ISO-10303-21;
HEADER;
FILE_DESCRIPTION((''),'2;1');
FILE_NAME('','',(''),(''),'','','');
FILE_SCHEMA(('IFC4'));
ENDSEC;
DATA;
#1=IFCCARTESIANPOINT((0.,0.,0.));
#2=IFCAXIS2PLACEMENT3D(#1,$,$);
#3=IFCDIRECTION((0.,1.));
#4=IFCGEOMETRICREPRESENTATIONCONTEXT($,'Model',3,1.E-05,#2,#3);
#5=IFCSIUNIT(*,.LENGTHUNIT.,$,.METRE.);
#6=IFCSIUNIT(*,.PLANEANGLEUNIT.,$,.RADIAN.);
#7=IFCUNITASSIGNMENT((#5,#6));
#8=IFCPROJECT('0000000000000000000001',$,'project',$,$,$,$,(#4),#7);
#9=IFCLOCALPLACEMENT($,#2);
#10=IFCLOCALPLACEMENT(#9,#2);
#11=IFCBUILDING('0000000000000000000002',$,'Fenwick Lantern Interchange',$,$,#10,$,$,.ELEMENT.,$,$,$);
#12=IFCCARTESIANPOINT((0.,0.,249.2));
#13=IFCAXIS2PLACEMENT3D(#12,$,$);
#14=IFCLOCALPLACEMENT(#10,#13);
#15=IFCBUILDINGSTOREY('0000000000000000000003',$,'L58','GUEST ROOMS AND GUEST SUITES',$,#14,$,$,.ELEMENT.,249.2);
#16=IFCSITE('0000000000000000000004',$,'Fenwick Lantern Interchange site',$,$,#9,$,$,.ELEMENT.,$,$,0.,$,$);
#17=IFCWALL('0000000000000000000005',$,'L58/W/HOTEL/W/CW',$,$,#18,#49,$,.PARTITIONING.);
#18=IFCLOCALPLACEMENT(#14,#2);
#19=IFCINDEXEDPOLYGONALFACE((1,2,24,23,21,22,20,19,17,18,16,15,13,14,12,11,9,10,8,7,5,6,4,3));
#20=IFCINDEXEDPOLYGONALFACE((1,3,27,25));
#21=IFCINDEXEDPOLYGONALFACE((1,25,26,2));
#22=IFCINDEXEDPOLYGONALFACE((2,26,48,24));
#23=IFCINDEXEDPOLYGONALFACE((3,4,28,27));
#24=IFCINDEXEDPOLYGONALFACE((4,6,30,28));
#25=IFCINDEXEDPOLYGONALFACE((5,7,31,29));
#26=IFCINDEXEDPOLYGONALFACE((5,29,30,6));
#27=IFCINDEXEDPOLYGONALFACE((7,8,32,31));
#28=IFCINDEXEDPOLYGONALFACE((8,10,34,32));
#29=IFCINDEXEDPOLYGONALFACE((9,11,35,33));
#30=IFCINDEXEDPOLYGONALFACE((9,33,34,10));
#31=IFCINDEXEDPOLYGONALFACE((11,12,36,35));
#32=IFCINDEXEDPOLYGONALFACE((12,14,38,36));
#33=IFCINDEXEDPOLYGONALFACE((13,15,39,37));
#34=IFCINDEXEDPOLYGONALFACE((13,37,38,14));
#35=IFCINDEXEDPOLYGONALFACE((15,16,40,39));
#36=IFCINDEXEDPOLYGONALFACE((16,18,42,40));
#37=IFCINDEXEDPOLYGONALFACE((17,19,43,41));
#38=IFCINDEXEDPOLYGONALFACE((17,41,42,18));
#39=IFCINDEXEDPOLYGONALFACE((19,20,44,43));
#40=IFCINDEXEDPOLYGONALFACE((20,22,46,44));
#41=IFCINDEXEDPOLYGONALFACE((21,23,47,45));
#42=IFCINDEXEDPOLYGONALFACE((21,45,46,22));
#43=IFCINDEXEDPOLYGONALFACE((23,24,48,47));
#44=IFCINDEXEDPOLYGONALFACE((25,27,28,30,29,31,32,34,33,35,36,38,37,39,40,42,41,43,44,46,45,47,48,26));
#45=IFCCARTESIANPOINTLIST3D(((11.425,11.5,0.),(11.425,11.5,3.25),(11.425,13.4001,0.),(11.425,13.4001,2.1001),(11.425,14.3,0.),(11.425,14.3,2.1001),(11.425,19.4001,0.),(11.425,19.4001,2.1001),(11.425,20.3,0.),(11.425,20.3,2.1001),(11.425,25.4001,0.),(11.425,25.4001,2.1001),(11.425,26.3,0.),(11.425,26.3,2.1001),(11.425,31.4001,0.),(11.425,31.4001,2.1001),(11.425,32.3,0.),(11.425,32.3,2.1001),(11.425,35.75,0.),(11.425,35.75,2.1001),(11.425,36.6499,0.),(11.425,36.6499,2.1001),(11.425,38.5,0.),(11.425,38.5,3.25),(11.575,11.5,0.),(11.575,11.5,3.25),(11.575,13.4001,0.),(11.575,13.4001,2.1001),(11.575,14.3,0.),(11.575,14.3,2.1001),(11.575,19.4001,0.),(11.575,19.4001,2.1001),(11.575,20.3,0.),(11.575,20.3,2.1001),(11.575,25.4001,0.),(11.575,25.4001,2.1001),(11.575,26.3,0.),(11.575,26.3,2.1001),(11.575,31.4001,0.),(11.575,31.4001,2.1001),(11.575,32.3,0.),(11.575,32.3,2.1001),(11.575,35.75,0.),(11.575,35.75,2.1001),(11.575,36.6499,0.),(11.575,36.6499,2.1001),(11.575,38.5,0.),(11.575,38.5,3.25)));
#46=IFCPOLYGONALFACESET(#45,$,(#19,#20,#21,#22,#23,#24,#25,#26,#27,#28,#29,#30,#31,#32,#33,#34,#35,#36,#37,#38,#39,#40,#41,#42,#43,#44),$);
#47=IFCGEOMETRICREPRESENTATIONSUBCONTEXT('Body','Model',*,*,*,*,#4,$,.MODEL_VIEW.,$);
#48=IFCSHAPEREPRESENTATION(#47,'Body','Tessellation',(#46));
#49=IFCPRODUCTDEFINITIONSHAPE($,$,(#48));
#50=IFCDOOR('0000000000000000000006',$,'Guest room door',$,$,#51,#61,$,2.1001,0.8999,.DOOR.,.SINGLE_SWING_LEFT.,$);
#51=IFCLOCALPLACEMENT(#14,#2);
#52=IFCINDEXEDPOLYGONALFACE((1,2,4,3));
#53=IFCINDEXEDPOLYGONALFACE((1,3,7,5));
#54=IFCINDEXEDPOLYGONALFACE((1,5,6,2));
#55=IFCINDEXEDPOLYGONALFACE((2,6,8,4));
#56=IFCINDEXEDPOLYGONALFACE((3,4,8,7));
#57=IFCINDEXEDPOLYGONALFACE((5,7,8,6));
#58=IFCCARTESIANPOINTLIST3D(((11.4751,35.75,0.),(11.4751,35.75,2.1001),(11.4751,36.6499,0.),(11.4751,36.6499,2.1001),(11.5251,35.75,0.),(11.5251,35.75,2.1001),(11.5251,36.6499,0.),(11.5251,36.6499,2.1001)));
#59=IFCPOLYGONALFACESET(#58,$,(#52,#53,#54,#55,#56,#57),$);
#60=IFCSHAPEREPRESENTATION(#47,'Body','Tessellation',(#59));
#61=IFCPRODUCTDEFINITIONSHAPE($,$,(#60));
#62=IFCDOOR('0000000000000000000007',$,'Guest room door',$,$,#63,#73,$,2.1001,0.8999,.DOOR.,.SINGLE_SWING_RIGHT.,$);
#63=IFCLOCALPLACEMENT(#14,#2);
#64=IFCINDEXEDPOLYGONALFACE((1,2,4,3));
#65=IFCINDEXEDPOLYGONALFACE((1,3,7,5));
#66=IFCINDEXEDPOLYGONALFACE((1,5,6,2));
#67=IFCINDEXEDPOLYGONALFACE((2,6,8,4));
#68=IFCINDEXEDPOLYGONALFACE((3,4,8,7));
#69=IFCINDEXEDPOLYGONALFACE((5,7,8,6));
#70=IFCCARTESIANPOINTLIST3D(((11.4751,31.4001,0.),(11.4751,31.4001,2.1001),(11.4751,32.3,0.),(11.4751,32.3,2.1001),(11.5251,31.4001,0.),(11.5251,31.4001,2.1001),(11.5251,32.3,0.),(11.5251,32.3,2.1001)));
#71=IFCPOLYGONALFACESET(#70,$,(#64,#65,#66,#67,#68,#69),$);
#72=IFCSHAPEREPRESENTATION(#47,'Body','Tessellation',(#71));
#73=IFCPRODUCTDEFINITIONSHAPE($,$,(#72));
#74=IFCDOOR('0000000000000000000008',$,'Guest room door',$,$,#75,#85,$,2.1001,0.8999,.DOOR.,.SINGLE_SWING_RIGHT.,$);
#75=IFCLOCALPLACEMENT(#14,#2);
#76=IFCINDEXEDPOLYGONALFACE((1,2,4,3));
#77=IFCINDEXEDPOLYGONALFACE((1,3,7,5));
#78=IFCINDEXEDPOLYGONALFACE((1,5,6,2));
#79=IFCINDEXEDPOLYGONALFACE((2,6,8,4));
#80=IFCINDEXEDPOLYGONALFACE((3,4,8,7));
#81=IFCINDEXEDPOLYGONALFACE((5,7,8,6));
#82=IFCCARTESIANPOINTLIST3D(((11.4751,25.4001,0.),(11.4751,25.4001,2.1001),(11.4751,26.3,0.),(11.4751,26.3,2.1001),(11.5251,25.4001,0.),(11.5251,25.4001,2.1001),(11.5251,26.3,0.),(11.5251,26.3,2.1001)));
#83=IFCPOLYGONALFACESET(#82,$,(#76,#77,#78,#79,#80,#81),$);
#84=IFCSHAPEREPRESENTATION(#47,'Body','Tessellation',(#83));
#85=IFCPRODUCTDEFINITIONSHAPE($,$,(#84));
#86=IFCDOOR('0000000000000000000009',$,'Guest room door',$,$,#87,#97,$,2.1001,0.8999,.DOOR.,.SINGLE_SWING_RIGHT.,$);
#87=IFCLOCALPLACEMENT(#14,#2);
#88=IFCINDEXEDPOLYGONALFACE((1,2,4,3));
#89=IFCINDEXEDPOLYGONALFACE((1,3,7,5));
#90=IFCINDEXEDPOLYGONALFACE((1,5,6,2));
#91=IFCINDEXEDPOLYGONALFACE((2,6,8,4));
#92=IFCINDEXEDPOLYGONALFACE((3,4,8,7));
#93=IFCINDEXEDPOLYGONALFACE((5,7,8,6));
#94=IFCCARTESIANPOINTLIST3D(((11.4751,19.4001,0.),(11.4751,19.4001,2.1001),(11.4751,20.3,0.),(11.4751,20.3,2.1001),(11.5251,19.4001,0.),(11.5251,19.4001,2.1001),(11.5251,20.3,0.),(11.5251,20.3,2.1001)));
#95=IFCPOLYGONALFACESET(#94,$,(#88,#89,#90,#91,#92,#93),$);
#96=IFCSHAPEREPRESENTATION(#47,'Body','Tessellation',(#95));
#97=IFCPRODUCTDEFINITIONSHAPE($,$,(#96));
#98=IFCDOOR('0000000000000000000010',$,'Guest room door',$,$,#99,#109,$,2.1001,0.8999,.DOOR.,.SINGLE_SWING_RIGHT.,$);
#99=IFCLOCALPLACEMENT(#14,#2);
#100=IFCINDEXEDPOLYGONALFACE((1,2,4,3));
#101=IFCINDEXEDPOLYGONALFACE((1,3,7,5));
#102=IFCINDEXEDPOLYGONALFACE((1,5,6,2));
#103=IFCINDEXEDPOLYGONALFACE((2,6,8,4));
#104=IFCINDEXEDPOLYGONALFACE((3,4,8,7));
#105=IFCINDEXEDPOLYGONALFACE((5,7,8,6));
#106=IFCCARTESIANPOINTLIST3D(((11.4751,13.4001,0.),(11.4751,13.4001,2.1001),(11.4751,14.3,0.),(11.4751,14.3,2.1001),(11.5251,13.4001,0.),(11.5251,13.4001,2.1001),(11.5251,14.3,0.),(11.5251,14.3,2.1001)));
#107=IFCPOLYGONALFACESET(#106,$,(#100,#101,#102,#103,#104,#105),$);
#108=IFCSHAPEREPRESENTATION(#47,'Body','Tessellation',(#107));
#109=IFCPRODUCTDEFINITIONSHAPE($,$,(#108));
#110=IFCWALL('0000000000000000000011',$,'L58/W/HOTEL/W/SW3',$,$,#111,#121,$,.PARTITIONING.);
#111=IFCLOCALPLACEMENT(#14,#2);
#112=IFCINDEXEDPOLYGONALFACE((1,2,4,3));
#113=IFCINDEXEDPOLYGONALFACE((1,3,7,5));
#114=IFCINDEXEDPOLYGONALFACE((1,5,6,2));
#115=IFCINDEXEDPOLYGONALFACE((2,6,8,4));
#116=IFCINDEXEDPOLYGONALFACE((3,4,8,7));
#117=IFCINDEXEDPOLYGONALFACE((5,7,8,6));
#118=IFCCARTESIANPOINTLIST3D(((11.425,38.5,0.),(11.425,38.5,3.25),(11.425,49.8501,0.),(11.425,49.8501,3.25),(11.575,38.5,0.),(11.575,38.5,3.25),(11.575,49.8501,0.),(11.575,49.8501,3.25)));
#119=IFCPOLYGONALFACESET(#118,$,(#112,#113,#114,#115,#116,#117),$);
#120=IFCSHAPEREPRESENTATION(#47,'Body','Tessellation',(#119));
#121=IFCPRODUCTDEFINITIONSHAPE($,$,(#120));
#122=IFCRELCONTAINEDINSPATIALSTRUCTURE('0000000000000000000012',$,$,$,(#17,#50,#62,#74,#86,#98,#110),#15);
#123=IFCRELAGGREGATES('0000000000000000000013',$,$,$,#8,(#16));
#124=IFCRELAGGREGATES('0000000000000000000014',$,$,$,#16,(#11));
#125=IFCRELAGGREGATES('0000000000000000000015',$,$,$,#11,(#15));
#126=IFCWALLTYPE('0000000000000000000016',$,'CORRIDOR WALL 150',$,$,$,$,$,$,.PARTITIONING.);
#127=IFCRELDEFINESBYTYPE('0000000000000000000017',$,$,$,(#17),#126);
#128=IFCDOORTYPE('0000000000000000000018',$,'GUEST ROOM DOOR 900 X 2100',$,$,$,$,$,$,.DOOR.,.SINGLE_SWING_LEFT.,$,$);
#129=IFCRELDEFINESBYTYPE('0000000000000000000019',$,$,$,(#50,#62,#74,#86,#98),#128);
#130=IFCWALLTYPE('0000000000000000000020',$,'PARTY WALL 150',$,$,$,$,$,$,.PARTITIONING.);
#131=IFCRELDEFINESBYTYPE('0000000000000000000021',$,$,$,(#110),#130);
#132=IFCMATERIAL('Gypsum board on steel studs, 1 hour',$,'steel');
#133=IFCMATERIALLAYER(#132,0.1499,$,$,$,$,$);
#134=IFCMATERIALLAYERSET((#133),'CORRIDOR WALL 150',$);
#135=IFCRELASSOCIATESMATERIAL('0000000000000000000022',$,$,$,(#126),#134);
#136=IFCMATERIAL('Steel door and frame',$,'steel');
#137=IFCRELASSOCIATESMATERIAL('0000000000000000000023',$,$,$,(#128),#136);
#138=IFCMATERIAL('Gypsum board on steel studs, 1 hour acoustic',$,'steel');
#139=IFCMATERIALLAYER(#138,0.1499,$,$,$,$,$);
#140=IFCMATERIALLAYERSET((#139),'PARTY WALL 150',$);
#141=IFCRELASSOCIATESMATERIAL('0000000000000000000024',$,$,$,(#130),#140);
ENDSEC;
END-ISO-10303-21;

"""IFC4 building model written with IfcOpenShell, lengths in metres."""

from ifc_helpers import new_model, si_unit, direction, frame, frame_2d, origin, place, context, subcontext, project, spatial, rectangle, extrude, material, layer, layer_set, type_object, element, fill, save


model = new_model("IFC4")

# Units and contexts
model_context = context("Model", 3, precision=1e-05, world=origin(), true_north=direction((0.0, 1.0)))
body_context = subcontext(model_context, "Body", "Model", "MODEL_VIEW")
ifc_project = project(units=[si_unit("LENGTHUNIT", "METRE"), si_unit("PLANEANGLEUNIT", "RADIAN")], contexts=[model_context])

# Site, building, storey
site_placement = place(None, origin())
site = spatial("IfcSite", under=ifc_project, at=site_placement, Name="Fenwick Lantern Interchange site", CompositionType="ELEMENT", RefElevation=0.0)
building_placement = place(site_placement, origin())
building = spatial("IfcBuilding", under=site, at=building_placement, Name="Fenwick Lantern Interchange", CompositionType="ELEMENT")
storey_placement = place(building_placement, frame((0.0, 0.0, 249.2)))
storey = spatial("IfcBuildingStorey", under=building, at=storey_placement, Name="L58", Description="GUEST ROOMS AND GUEST SUITES", CompositionType="ELEMENT", Elevation=249.2)

# Wall, openings, doors
ifc_material_1 = material(Name="Steel door and frame", Category="steel")
ifc_material_2 = material(Name="Gypsum board on steel studs, 1 hour", Category="steel")
ifc_layer_1 = layer(ifc_material_2, 0.1499)
ifc_layer_set_1 = layer_set([ifc_layer_1], Name="CORRIDOR WALL 150")
wall_type_1 = type_object("IfcWallType", Name="CORRIDOR WALL 150", PredefinedType="PARTITIONING", material=ifc_layer_set_1)
wall_1_placement = place(storey_placement, frame((11.5, 38.5, 0.0), z_axis=(0.0, 0.0, 1.0), x_axis=(0.0, -1.0, 0.0)))
wall_1 = element("IfcWall", 1, at=wall_1_placement, inside=storey, type_object=wall_type_1, Name="L58/W/HOTEL/W/CW", PredefinedType="PARTITIONING", context=body_context, shape_type="SweptSolid", body=[
    extrude(rectangle(XDim=27.0, YDim=0.1499, at=frame_2d((13.5, 0.0))), origin(), (0.0, 0.0, 1.0), 3.25),
])
opening_1_placement = place(wall_1_placement, frame((1.8501, 0.0, 0.0)))
opening_1 = element("IfcOpeningElement", 2, at=opening_1_placement, cuts=wall_1, PredefinedType="OPENING", context=body_context, shape_type="SweptSolid", body=[
    extrude(rectangle(XDim=0.8999, YDim=2.1001, at=frame_2d((0.45, 1.05))), frame((0.0, 0.085, 0.0), z_axis=(0.0, -1.0, 0.0), x_axis=(1.0, 0.0, 0.0)), (0.0, 0.0, 1.0), 0.1699),
])
opening_2_placement = place(wall_1_placement, frame((6.2, 0.0, 0.0)))
opening_2 = element("IfcOpeningElement", 3, at=opening_2_placement, cuts=wall_1, PredefinedType="OPENING", context=body_context, shape_type="SweptSolid", body=[
    extrude(rectangle(XDim=0.8999, YDim=2.1001, at=frame_2d((0.45, 1.05))), frame((0.0, 0.085, 0.0), z_axis=(0.0, -1.0, 0.0), x_axis=(1.0, 0.0, 0.0)), (0.0, 0.0, 1.0), 0.1699),
])
opening_3_placement = place(wall_1_placement, frame((12.2, 0.0, 0.0)))
opening_3 = element("IfcOpeningElement", 4, at=opening_3_placement, cuts=wall_1, PredefinedType="OPENING", context=body_context, shape_type="SweptSolid", body=[
    extrude(rectangle(XDim=0.8999, YDim=2.1001, at=frame_2d((0.45, 1.05))), frame((0.0, 0.085, 0.0), z_axis=(0.0, -1.0, 0.0), x_axis=(1.0, 0.0, 0.0)), (0.0, 0.0, 1.0), 0.1699),
])
opening_4_placement = place(wall_1_placement, frame((18.2, 0.0, 0.0)))
opening_4 = element("IfcOpeningElement", 5, at=opening_4_placement, cuts=wall_1, PredefinedType="OPENING", context=body_context, shape_type="SweptSolid", body=[
    extrude(rectangle(XDim=0.8999, YDim=2.1001, at=frame_2d((0.45, 1.05))), frame((0.0, 0.085, 0.0), z_axis=(0.0, -1.0, 0.0), x_axis=(1.0, 0.0, 0.0)), (0.0, 0.0, 1.0), 0.1699),
])
opening_5_placement = place(wall_1_placement, frame((24.2, 0.0, 0.0)))
opening_5 = element("IfcOpeningElement", 6, at=opening_5_placement, cuts=wall_1, PredefinedType="OPENING", context=body_context, shape_type="SweptSolid", body=[
    extrude(rectangle(XDim=0.8999, YDim=2.1001, at=frame_2d((0.45, 1.05))), frame((0.0, 0.085, 0.0), z_axis=(0.0, -1.0, 0.0), x_axis=(1.0, 0.0, 0.0)), (0.0, 0.0, 1.0), 0.1699),
])
door_type_1 = type_object("IfcDoorType", Name="GUEST ROOM DOOR 900 X 2100", OperationType="SINGLE_SWING_LEFT", PredefinedType="DOOR", material=ifc_material_1)
door_1_placement = place(opening_1_placement, frame((0.8999, 0.0, 0.0), z_axis=(0.0, 0.0, 1.0), x_axis=(-1.0, 0.0, 0.0)))
door_1 = element("IfcDoor", 7, at=door_1_placement, inside=storey, type_object=door_type_1, Name="Guest room door", OperationType="SINGLE_SWING_LEFT", OverallHeight=2.1001, OverallWidth=0.8999, PredefinedType="DOOR", context=body_context, shape_type="SweptSolid", body=[
    extrude(rectangle(XDim=0.8999, YDim=2.1001, at=frame_2d((0.45, 1.05))), frame((0.0, 0.0249, 0.0), z_axis=(0.0, -1.0, 0.0), x_axis=(1.0, 0.0, 0.0)), (0.0, 0.0, 1.0), 0.05),
])
fill(opening_1, door_1)
door_2_placement = place(opening_2_placement, frame((0.8999, 0.0, 0.0), z_axis=(0.0, 0.0, 1.0), x_axis=(-1.0, 0.0, 0.0)))
door_2 = element("IfcDoor", 8, at=door_2_placement, inside=storey, type_object=door_type_1, Name="Guest room door", OperationType="SINGLE_SWING_RIGHT", OverallHeight=2.1001, OverallWidth=0.8999, PredefinedType="DOOR", context=body_context, shape_type="SweptSolid", body=[
    extrude(rectangle(XDim=0.8999, YDim=2.1001, at=frame_2d((0.45, 1.05))), frame((0.0, 0.0249, 0.0), z_axis=(0.0, -1.0, 0.0), x_axis=(1.0, 0.0, 0.0)), (0.0, 0.0, 1.0), 0.05),
])
fill(opening_2, door_2)
door_3_placement = place(opening_3_placement, frame((0.8999, 0.0, 0.0), z_axis=(0.0, 0.0, 1.0), x_axis=(-1.0, 0.0, 0.0)))
door_3 = element("IfcDoor", 9, at=door_3_placement, inside=storey, type_object=door_type_1, Name="Guest room door", OperationType="SINGLE_SWING_RIGHT", OverallHeight=2.1001, OverallWidth=0.8999, PredefinedType="DOOR", context=body_context, shape_type="SweptSolid", body=[
    extrude(rectangle(XDim=0.8999, YDim=2.1001, at=frame_2d((0.45, 1.05))), frame((0.0, 0.0249, 0.0), z_axis=(0.0, -1.0, 0.0), x_axis=(1.0, 0.0, 0.0)), (0.0, 0.0, 1.0), 0.05),
])
fill(opening_3, door_3)
door_4_placement = place(opening_4_placement, frame((0.8999, 0.0, 0.0), z_axis=(0.0, 0.0, 1.0), x_axis=(-1.0, 0.0, 0.0)))
door_4 = element("IfcDoor", 10, at=door_4_placement, inside=storey, type_object=door_type_1, Name="Guest room door", OperationType="SINGLE_SWING_RIGHT", OverallHeight=2.1001, OverallWidth=0.8999, PredefinedType="DOOR", context=body_context, shape_type="SweptSolid", body=[
    extrude(rectangle(XDim=0.8999, YDim=2.1001, at=frame_2d((0.45, 1.05))), frame((0.0, 0.0249, 0.0), z_axis=(0.0, -1.0, 0.0), x_axis=(1.0, 0.0, 0.0)), (0.0, 0.0, 1.0), 0.05),
])
fill(opening_4, door_4)
door_5_placement = place(opening_5_placement, frame((0.8999, 0.0, 0.0), z_axis=(0.0, 0.0, 1.0), x_axis=(-1.0, 0.0, 0.0)))
door_5 = element("IfcDoor", 11, at=door_5_placement, inside=storey, type_object=door_type_1, Name="Guest room door", OperationType="SINGLE_SWING_RIGHT", OverallHeight=2.1001, OverallWidth=0.8999, PredefinedType="DOOR", context=body_context, shape_type="SweptSolid", body=[
    extrude(rectangle(XDim=0.8999, YDim=2.1001, at=frame_2d((0.45, 1.05))), frame((0.0, 0.0249, 0.0), z_axis=(0.0, -1.0, 0.0), x_axis=(1.0, 0.0, 0.0)), (0.0, 0.0, 1.0), 0.05),
])
fill(opening_5, door_5)

# Wall
ifc_material_3 = material(Name="Gypsum board on steel studs, 1 hour acoustic", Category="steel")
ifc_layer_2 = layer(ifc_material_3, 0.1499)
ifc_layer_set_2 = layer_set([ifc_layer_2], Name="PARTY WALL 150")
wall_type_2 = type_object("IfcWallType", Name="PARTY WALL 150", PredefinedType="PARTITIONING", material=ifc_layer_set_2)
wall_2_placement = place(storey_placement, frame((11.5, 49.8501, 0.0), z_axis=(0.0, 0.0, 1.0), x_axis=(0.0, -1.0, 0.0)))
element("IfcWall", 12, at=wall_2_placement, inside=storey, type_object=wall_type_2, Name="L58/W/HOTEL/W/SW3", PredefinedType="PARTITIONING", context=body_context, shape_type="SweptSolid", body=[
    extrude(rectangle(XDim=11.3501, YDim=0.1499, at=frame_2d((5.675, 0.0))), origin(), (0.0, 0.0, 1.0), 3.25),
])

save(model, "model.ifc")
